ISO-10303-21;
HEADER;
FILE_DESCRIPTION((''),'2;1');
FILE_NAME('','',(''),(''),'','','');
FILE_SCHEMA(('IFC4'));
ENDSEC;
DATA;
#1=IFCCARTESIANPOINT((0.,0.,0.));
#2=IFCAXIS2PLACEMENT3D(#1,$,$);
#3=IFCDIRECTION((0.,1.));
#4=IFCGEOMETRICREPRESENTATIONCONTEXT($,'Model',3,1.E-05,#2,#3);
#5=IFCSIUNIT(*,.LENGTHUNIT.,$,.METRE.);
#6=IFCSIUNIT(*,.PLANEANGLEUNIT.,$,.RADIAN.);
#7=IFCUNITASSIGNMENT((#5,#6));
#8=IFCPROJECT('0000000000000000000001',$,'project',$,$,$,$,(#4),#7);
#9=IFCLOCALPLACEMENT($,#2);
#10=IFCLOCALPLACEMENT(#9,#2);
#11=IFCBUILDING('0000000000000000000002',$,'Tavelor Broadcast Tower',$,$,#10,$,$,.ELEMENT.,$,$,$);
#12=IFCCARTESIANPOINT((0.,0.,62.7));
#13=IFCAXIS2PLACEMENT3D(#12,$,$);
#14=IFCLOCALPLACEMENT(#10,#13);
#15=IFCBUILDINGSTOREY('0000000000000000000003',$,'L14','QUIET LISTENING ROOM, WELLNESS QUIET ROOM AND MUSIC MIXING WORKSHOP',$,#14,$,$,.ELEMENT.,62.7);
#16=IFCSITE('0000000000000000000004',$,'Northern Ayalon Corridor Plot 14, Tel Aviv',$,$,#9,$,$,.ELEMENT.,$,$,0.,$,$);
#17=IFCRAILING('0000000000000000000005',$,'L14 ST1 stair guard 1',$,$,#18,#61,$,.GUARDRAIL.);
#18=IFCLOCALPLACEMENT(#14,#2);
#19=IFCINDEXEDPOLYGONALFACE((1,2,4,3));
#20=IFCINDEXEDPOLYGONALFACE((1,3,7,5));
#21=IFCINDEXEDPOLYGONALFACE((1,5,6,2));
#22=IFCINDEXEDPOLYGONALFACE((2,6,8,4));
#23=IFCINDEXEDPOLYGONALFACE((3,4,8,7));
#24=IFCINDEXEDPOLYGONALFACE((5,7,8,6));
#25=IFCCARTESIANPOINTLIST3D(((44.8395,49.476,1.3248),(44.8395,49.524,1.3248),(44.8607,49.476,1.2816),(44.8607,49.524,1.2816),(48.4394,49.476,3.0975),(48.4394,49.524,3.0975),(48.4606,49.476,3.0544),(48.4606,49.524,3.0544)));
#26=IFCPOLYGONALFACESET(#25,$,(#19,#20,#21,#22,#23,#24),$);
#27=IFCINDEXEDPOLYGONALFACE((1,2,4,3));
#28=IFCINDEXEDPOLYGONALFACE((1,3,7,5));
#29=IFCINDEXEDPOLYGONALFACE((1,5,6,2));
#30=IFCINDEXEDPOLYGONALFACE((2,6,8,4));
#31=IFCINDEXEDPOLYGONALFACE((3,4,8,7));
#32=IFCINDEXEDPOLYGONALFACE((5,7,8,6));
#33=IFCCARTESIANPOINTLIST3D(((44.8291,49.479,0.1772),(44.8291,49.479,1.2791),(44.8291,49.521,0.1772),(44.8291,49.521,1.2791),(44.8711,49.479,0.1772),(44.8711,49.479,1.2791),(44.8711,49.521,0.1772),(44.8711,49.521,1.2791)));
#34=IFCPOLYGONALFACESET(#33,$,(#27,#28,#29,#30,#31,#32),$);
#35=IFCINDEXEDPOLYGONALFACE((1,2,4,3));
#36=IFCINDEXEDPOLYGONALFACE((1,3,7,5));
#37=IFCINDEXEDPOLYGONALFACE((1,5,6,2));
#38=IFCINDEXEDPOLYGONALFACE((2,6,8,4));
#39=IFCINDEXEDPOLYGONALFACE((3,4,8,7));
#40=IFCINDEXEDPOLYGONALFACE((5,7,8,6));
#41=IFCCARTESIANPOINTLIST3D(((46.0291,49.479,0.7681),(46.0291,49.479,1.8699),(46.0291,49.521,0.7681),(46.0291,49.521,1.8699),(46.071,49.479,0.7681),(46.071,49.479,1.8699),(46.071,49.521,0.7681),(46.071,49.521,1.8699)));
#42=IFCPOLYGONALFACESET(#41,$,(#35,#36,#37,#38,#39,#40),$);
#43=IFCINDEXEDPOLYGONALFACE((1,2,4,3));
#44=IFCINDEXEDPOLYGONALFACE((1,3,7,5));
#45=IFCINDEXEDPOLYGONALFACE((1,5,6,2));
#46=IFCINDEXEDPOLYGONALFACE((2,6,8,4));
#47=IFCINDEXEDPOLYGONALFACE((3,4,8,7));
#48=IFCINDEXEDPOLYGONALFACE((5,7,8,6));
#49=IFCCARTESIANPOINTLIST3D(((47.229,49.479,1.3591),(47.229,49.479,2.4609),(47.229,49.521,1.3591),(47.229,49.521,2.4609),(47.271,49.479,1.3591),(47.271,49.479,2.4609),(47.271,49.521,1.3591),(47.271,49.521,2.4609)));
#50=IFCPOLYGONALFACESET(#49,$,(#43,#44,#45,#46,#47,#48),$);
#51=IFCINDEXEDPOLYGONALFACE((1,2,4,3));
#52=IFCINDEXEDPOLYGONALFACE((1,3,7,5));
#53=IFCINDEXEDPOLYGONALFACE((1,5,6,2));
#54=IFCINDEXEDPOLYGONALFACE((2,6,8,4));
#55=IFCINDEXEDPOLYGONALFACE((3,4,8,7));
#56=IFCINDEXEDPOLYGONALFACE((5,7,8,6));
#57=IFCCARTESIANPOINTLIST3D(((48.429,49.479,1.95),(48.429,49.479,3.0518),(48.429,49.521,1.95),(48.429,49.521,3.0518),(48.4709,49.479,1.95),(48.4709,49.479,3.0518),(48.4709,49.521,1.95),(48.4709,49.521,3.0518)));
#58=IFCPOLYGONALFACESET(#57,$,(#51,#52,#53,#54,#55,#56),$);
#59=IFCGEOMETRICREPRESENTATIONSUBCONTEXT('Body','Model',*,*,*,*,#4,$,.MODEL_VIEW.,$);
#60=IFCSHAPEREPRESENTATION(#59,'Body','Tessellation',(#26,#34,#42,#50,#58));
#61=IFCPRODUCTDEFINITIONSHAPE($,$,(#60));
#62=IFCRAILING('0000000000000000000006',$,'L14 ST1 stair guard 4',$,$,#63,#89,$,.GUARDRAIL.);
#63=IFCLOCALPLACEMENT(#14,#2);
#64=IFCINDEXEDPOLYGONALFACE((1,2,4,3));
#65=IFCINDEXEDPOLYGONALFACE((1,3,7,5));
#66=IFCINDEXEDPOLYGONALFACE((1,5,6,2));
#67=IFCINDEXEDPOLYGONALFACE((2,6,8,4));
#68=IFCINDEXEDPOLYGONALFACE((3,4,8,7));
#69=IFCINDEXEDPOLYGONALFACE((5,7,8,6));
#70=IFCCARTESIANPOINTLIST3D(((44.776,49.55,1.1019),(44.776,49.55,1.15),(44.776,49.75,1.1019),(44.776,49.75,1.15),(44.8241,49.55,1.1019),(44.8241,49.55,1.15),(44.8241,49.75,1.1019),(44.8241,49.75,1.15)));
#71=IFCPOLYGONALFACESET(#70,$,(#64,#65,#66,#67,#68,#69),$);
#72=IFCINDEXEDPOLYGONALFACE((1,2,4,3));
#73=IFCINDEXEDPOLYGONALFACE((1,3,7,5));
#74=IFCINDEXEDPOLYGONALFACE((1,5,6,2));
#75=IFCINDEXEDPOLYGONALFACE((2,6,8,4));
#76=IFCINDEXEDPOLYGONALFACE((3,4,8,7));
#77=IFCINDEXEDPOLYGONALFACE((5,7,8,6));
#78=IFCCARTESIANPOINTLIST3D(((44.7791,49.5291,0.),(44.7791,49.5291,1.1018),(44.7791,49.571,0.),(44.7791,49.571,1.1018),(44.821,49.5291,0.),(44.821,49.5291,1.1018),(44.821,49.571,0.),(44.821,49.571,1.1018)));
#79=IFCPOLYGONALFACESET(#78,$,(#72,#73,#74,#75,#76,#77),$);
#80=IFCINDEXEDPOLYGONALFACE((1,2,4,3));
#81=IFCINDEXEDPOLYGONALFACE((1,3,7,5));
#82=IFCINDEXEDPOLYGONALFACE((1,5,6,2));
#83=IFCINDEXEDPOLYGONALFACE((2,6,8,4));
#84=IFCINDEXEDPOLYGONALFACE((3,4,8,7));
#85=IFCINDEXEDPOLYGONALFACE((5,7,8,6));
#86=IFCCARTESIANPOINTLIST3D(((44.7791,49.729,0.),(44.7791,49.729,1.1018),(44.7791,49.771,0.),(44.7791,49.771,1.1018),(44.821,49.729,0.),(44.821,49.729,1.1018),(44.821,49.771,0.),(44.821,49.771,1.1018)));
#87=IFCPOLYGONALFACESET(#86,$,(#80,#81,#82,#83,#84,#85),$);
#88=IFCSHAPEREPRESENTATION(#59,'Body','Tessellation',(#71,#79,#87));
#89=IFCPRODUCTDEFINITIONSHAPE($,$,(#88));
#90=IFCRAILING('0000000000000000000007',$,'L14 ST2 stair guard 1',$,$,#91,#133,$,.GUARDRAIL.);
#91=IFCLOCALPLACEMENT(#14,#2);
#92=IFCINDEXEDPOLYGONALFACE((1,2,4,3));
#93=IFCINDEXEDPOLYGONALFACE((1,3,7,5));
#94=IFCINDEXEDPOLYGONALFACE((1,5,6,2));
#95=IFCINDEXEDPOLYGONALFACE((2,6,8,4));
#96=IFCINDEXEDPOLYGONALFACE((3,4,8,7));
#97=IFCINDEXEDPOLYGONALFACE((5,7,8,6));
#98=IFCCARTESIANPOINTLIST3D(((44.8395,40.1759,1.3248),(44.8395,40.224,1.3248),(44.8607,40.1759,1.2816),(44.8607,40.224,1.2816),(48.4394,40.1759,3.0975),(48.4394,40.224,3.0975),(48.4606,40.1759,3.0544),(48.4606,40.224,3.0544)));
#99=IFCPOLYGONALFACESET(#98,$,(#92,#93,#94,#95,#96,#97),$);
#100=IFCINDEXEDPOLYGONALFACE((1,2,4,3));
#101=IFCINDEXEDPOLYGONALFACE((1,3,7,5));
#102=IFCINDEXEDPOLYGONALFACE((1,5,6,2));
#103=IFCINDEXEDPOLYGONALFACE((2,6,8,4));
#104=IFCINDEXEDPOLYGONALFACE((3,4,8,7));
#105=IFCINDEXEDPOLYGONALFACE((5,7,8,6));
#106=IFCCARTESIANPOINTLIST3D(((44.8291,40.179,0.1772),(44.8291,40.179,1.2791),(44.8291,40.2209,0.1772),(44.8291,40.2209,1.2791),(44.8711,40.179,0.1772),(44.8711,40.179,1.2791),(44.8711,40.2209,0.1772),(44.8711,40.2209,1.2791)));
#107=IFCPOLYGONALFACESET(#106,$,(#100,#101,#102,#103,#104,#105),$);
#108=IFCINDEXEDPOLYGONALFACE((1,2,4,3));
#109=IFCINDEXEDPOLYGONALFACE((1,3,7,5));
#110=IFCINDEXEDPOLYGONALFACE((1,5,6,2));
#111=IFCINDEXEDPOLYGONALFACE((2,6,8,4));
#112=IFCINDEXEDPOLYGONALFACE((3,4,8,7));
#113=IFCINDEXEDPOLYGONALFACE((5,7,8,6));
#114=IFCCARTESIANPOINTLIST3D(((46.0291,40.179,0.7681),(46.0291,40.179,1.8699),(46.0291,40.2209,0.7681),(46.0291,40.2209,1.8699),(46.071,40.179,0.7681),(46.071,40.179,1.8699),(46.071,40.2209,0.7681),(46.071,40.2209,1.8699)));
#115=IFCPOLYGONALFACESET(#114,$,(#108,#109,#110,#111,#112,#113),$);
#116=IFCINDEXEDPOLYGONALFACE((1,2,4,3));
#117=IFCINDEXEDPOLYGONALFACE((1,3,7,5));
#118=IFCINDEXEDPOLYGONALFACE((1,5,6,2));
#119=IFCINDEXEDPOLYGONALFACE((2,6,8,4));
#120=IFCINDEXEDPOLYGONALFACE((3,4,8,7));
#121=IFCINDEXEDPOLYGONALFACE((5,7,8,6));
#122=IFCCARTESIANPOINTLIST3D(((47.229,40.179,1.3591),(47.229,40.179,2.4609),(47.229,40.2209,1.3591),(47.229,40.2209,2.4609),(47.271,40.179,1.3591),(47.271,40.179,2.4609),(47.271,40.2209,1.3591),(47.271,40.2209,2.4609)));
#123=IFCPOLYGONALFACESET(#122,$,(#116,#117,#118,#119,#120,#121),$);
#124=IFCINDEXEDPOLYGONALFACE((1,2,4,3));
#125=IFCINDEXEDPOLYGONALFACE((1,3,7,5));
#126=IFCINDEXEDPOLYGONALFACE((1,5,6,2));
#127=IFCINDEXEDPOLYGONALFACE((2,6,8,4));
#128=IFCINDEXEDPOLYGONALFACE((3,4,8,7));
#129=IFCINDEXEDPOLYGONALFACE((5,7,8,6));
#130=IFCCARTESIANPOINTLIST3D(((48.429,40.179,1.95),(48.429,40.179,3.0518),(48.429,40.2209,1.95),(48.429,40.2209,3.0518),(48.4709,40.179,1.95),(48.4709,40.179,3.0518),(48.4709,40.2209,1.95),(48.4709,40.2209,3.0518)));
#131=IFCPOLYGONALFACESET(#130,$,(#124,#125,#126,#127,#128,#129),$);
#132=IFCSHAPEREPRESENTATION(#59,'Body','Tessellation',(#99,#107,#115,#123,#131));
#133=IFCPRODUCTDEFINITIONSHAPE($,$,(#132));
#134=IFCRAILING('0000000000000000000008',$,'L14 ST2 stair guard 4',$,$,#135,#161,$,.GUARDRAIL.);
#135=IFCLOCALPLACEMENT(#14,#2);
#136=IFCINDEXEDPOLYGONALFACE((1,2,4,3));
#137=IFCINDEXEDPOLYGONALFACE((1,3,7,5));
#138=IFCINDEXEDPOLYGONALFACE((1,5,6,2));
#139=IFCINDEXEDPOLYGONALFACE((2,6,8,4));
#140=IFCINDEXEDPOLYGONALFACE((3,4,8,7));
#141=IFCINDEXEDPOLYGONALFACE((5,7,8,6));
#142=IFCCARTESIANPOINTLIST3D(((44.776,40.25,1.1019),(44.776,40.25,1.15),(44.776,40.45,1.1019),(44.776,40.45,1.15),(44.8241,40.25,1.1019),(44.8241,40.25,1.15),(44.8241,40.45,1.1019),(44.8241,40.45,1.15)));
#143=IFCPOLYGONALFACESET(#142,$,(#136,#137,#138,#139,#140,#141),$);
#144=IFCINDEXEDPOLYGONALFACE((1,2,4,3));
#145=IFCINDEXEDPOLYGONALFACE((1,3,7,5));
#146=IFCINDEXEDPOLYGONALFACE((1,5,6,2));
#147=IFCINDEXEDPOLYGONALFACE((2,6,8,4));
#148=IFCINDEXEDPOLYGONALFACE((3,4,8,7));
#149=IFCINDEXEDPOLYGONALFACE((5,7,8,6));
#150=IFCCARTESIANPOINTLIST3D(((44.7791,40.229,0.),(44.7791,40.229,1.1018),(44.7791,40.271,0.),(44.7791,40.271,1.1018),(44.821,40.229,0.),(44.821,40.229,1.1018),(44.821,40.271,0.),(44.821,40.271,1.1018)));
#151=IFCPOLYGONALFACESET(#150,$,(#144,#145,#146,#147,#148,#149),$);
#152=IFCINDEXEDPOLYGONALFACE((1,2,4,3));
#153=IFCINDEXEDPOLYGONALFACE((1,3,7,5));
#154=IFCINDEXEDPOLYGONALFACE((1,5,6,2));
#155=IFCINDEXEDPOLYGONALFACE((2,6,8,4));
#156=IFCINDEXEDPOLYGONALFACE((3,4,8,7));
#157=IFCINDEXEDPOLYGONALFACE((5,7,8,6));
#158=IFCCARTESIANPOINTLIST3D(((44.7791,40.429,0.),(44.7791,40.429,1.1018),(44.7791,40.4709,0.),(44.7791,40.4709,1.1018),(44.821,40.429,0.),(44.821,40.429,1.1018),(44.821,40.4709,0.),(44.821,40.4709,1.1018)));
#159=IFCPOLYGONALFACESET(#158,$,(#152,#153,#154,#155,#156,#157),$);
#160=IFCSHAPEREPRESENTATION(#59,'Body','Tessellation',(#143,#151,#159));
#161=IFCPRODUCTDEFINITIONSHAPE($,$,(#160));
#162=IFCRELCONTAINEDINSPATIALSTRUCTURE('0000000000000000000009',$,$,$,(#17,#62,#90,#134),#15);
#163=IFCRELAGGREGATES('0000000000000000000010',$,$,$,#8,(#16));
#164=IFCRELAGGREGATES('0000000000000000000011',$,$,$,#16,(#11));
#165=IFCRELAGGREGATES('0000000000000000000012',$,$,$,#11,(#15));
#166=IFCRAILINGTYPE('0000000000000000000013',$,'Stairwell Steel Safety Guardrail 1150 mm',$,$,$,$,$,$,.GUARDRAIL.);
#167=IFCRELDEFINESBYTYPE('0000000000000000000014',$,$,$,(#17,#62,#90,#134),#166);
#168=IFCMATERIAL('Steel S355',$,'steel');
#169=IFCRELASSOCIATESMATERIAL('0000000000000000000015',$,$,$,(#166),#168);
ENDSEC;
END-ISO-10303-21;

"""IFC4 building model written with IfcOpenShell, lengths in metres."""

from ifc_helpers import new_model, si_unit, direction, frame, origin, origin_2d, place, context, subcontext, project, spatial, rectangle, extrude, material, type_object, element, save


model = new_model("IFC4")

# Units and contexts
model_context = context("Model", 3, precision=1e-05, world=origin(), true_north=direction((0.0, 1.0)))
body_context = subcontext(model_context, "Body", "Model", "MODEL_VIEW")
ifc_project = project(units=[si_unit("LENGTHUNIT", "METRE"), si_unit("PLANEANGLEUNIT", "RADIAN")], contexts=[model_context])

# Site, building, storey
site_placement = place(None, origin())
site = spatial("IfcSite", under=ifc_project, at=site_placement, Name="Northern Ayalon Corridor Plot 14, Tel Aviv", CompositionType="ELEMENT", RefElevation=0.0)
building_placement = place(site_placement, origin())
building = spatial("IfcBuilding", under=site, at=building_placement, Name="Tavelor Broadcast Tower", CompositionType="ELEMENT")
storey_placement = place(building_placement, frame((0.0, 0.0, 62.7)))
storey = spatial("IfcBuildingStorey", under=building, at=storey_placement, Name="L14", Description="QUIET LISTENING ROOM, WELLNESS QUIET ROOM AND MUSIC MIXING WORKSHOP", CompositionType="ELEMENT", Elevation=62.7)

# Shared definitions
ifc_material_1 = material(Name="Steel S355", Category="steel")

# Railings
railing_type_1 = type_object("IfcRailingType", Name="Stairwell Steel Safety Guardrail 1150 mm", PredefinedType="GUARDRAIL", material=ifc_material_1)
railing_1_placement = place(storey_placement, frame((44.8501, 49.5, 0.1772)))
element("IfcRailing", 1, at=railing_1_placement, inside=storey, type_object=railing_type_1, Name="L14 ST1 stair guard 1", PredefinedType="GUARDRAIL", context=body_context, shape_type="SweptSolid", body=[
    extrude(rectangle(XDim=0.0481, YDim=0.0481, at=origin_2d()), frame((0.0, 0.0, 1.126), z_axis=(0.897124, 0.0, 0.441778), x_axis=(0.0, 1.0, 0.0)), (0.0, 0.0, 1.0), 4.0127),
    extrude(rectangle(XDim=0.042, YDim=0.042, at=origin_2d()), origin(), (0.0, 0.0, 1.0), 1.1018),
    extrude(rectangle(XDim=0.042, YDim=0.042, at=origin_2d()), frame((1.2, 0.0, 0.5908)), (0.0, 0.0, 1.0), 1.1018),
    extrude(rectangle(XDim=0.042, YDim=0.042, at=origin_2d()), frame((2.3999, 0.0, 1.1819)), (0.0, 0.0, 1.0), 1.1018),
    extrude(rectangle(XDim=0.042, YDim=0.042, at=origin_2d()), frame((3.5999, 0.0, 1.7727)), (0.0, 0.0, 1.0), 1.1018),
])
railing_2_placement = place(storey_placement, frame((44.8, 49.55, 0.0)))
element("IfcRailing", 2, at=railing_2_placement, inside=storey, type_object=railing_type_1, Name="L14 ST1 stair guard 4", PredefinedType="GUARDRAIL", context=body_context, shape_type="SweptSolid", body=[
    extrude(rectangle(XDim=0.0481, YDim=0.0481, at=origin_2d()), frame((0.0, 0.0, 1.126), z_axis=(0.0, 1.0, 0.0), x_axis=(-1.0, 0.0, 0.0)), (0.0, 0.0, 1.0), 0.2),
    extrude(rectangle(XDim=0.042, YDim=0.042, at=origin_2d()), origin(), (0.0, 0.0, 1.0), 1.1018),
    extrude(rectangle(XDim=0.042, YDim=0.042, at=origin_2d()), frame((0.0, 0.2, 0.0)), (0.0, 0.0, 1.0), 1.1018),
])
railing_3_placement = place(storey_placement, frame((44.8501, 40.2, 0.1772)))
element("IfcRailing", 3, at=railing_3_placement, inside=storey, type_object=railing_type_1, Name="L14 ST2 stair guard 1", PredefinedType="GUARDRAIL", context=body_context, shape_type="SweptSolid", body=[
    extrude(rectangle(XDim=0.0481, YDim=0.0481, at=origin_2d()), frame((0.0, 0.0, 1.126), z_axis=(0.897124, 0.0, 0.441778), x_axis=(0.0, 1.0, 0.0)), (0.0, 0.0, 1.0), 4.0127),
    extrude(rectangle(XDim=0.042, YDim=0.042, at=origin_2d()), origin(), (0.0, 0.0, 1.0), 1.1018),
    extrude(rectangle(XDim=0.042, YDim=0.042, at=origin_2d()), frame((1.2, 0.0, 0.5908)), (0.0, 0.0, 1.0), 1.1018),
    extrude(rectangle(XDim=0.042, YDim=0.042, at=origin_2d()), frame((2.3999, 0.0, 1.1819)), (0.0, 0.0, 1.0), 1.1018),
    extrude(rectangle(XDim=0.042, YDim=0.042, at=origin_2d()), frame((3.5999, 0.0, 1.7727)), (0.0, 0.0, 1.0), 1.1018),
])
railing_4_placement = place(storey_placement, frame((44.8, 40.25, 0.0)))
element("IfcRailing", 4, at=railing_4_placement, inside=storey, type_object=railing_type_1, Name="L14 ST2 stair guard 4", PredefinedType="GUARDRAIL", context=body_context, shape_type="SweptSolid", body=[
    extrude(rectangle(XDim=0.0481, YDim=0.0481, at=origin_2d()), frame((0.0, 0.0, 1.126), z_axis=(0.0, 1.0, 0.0), x_axis=(-1.0, 0.0, 0.0)), (0.0, 0.0, 1.0), 0.2),
    extrude(rectangle(XDim=0.042, YDim=0.042, at=origin_2d()), origin(), (0.0, 0.0, 1.0), 1.1018),
    extrude(rectangle(XDim=0.042, YDim=0.042, at=origin_2d()), frame((0.0, 0.2, 0.0)), (0.0, 0.0, 1.0), 1.1018),
])

save(model, "model.ifc")
